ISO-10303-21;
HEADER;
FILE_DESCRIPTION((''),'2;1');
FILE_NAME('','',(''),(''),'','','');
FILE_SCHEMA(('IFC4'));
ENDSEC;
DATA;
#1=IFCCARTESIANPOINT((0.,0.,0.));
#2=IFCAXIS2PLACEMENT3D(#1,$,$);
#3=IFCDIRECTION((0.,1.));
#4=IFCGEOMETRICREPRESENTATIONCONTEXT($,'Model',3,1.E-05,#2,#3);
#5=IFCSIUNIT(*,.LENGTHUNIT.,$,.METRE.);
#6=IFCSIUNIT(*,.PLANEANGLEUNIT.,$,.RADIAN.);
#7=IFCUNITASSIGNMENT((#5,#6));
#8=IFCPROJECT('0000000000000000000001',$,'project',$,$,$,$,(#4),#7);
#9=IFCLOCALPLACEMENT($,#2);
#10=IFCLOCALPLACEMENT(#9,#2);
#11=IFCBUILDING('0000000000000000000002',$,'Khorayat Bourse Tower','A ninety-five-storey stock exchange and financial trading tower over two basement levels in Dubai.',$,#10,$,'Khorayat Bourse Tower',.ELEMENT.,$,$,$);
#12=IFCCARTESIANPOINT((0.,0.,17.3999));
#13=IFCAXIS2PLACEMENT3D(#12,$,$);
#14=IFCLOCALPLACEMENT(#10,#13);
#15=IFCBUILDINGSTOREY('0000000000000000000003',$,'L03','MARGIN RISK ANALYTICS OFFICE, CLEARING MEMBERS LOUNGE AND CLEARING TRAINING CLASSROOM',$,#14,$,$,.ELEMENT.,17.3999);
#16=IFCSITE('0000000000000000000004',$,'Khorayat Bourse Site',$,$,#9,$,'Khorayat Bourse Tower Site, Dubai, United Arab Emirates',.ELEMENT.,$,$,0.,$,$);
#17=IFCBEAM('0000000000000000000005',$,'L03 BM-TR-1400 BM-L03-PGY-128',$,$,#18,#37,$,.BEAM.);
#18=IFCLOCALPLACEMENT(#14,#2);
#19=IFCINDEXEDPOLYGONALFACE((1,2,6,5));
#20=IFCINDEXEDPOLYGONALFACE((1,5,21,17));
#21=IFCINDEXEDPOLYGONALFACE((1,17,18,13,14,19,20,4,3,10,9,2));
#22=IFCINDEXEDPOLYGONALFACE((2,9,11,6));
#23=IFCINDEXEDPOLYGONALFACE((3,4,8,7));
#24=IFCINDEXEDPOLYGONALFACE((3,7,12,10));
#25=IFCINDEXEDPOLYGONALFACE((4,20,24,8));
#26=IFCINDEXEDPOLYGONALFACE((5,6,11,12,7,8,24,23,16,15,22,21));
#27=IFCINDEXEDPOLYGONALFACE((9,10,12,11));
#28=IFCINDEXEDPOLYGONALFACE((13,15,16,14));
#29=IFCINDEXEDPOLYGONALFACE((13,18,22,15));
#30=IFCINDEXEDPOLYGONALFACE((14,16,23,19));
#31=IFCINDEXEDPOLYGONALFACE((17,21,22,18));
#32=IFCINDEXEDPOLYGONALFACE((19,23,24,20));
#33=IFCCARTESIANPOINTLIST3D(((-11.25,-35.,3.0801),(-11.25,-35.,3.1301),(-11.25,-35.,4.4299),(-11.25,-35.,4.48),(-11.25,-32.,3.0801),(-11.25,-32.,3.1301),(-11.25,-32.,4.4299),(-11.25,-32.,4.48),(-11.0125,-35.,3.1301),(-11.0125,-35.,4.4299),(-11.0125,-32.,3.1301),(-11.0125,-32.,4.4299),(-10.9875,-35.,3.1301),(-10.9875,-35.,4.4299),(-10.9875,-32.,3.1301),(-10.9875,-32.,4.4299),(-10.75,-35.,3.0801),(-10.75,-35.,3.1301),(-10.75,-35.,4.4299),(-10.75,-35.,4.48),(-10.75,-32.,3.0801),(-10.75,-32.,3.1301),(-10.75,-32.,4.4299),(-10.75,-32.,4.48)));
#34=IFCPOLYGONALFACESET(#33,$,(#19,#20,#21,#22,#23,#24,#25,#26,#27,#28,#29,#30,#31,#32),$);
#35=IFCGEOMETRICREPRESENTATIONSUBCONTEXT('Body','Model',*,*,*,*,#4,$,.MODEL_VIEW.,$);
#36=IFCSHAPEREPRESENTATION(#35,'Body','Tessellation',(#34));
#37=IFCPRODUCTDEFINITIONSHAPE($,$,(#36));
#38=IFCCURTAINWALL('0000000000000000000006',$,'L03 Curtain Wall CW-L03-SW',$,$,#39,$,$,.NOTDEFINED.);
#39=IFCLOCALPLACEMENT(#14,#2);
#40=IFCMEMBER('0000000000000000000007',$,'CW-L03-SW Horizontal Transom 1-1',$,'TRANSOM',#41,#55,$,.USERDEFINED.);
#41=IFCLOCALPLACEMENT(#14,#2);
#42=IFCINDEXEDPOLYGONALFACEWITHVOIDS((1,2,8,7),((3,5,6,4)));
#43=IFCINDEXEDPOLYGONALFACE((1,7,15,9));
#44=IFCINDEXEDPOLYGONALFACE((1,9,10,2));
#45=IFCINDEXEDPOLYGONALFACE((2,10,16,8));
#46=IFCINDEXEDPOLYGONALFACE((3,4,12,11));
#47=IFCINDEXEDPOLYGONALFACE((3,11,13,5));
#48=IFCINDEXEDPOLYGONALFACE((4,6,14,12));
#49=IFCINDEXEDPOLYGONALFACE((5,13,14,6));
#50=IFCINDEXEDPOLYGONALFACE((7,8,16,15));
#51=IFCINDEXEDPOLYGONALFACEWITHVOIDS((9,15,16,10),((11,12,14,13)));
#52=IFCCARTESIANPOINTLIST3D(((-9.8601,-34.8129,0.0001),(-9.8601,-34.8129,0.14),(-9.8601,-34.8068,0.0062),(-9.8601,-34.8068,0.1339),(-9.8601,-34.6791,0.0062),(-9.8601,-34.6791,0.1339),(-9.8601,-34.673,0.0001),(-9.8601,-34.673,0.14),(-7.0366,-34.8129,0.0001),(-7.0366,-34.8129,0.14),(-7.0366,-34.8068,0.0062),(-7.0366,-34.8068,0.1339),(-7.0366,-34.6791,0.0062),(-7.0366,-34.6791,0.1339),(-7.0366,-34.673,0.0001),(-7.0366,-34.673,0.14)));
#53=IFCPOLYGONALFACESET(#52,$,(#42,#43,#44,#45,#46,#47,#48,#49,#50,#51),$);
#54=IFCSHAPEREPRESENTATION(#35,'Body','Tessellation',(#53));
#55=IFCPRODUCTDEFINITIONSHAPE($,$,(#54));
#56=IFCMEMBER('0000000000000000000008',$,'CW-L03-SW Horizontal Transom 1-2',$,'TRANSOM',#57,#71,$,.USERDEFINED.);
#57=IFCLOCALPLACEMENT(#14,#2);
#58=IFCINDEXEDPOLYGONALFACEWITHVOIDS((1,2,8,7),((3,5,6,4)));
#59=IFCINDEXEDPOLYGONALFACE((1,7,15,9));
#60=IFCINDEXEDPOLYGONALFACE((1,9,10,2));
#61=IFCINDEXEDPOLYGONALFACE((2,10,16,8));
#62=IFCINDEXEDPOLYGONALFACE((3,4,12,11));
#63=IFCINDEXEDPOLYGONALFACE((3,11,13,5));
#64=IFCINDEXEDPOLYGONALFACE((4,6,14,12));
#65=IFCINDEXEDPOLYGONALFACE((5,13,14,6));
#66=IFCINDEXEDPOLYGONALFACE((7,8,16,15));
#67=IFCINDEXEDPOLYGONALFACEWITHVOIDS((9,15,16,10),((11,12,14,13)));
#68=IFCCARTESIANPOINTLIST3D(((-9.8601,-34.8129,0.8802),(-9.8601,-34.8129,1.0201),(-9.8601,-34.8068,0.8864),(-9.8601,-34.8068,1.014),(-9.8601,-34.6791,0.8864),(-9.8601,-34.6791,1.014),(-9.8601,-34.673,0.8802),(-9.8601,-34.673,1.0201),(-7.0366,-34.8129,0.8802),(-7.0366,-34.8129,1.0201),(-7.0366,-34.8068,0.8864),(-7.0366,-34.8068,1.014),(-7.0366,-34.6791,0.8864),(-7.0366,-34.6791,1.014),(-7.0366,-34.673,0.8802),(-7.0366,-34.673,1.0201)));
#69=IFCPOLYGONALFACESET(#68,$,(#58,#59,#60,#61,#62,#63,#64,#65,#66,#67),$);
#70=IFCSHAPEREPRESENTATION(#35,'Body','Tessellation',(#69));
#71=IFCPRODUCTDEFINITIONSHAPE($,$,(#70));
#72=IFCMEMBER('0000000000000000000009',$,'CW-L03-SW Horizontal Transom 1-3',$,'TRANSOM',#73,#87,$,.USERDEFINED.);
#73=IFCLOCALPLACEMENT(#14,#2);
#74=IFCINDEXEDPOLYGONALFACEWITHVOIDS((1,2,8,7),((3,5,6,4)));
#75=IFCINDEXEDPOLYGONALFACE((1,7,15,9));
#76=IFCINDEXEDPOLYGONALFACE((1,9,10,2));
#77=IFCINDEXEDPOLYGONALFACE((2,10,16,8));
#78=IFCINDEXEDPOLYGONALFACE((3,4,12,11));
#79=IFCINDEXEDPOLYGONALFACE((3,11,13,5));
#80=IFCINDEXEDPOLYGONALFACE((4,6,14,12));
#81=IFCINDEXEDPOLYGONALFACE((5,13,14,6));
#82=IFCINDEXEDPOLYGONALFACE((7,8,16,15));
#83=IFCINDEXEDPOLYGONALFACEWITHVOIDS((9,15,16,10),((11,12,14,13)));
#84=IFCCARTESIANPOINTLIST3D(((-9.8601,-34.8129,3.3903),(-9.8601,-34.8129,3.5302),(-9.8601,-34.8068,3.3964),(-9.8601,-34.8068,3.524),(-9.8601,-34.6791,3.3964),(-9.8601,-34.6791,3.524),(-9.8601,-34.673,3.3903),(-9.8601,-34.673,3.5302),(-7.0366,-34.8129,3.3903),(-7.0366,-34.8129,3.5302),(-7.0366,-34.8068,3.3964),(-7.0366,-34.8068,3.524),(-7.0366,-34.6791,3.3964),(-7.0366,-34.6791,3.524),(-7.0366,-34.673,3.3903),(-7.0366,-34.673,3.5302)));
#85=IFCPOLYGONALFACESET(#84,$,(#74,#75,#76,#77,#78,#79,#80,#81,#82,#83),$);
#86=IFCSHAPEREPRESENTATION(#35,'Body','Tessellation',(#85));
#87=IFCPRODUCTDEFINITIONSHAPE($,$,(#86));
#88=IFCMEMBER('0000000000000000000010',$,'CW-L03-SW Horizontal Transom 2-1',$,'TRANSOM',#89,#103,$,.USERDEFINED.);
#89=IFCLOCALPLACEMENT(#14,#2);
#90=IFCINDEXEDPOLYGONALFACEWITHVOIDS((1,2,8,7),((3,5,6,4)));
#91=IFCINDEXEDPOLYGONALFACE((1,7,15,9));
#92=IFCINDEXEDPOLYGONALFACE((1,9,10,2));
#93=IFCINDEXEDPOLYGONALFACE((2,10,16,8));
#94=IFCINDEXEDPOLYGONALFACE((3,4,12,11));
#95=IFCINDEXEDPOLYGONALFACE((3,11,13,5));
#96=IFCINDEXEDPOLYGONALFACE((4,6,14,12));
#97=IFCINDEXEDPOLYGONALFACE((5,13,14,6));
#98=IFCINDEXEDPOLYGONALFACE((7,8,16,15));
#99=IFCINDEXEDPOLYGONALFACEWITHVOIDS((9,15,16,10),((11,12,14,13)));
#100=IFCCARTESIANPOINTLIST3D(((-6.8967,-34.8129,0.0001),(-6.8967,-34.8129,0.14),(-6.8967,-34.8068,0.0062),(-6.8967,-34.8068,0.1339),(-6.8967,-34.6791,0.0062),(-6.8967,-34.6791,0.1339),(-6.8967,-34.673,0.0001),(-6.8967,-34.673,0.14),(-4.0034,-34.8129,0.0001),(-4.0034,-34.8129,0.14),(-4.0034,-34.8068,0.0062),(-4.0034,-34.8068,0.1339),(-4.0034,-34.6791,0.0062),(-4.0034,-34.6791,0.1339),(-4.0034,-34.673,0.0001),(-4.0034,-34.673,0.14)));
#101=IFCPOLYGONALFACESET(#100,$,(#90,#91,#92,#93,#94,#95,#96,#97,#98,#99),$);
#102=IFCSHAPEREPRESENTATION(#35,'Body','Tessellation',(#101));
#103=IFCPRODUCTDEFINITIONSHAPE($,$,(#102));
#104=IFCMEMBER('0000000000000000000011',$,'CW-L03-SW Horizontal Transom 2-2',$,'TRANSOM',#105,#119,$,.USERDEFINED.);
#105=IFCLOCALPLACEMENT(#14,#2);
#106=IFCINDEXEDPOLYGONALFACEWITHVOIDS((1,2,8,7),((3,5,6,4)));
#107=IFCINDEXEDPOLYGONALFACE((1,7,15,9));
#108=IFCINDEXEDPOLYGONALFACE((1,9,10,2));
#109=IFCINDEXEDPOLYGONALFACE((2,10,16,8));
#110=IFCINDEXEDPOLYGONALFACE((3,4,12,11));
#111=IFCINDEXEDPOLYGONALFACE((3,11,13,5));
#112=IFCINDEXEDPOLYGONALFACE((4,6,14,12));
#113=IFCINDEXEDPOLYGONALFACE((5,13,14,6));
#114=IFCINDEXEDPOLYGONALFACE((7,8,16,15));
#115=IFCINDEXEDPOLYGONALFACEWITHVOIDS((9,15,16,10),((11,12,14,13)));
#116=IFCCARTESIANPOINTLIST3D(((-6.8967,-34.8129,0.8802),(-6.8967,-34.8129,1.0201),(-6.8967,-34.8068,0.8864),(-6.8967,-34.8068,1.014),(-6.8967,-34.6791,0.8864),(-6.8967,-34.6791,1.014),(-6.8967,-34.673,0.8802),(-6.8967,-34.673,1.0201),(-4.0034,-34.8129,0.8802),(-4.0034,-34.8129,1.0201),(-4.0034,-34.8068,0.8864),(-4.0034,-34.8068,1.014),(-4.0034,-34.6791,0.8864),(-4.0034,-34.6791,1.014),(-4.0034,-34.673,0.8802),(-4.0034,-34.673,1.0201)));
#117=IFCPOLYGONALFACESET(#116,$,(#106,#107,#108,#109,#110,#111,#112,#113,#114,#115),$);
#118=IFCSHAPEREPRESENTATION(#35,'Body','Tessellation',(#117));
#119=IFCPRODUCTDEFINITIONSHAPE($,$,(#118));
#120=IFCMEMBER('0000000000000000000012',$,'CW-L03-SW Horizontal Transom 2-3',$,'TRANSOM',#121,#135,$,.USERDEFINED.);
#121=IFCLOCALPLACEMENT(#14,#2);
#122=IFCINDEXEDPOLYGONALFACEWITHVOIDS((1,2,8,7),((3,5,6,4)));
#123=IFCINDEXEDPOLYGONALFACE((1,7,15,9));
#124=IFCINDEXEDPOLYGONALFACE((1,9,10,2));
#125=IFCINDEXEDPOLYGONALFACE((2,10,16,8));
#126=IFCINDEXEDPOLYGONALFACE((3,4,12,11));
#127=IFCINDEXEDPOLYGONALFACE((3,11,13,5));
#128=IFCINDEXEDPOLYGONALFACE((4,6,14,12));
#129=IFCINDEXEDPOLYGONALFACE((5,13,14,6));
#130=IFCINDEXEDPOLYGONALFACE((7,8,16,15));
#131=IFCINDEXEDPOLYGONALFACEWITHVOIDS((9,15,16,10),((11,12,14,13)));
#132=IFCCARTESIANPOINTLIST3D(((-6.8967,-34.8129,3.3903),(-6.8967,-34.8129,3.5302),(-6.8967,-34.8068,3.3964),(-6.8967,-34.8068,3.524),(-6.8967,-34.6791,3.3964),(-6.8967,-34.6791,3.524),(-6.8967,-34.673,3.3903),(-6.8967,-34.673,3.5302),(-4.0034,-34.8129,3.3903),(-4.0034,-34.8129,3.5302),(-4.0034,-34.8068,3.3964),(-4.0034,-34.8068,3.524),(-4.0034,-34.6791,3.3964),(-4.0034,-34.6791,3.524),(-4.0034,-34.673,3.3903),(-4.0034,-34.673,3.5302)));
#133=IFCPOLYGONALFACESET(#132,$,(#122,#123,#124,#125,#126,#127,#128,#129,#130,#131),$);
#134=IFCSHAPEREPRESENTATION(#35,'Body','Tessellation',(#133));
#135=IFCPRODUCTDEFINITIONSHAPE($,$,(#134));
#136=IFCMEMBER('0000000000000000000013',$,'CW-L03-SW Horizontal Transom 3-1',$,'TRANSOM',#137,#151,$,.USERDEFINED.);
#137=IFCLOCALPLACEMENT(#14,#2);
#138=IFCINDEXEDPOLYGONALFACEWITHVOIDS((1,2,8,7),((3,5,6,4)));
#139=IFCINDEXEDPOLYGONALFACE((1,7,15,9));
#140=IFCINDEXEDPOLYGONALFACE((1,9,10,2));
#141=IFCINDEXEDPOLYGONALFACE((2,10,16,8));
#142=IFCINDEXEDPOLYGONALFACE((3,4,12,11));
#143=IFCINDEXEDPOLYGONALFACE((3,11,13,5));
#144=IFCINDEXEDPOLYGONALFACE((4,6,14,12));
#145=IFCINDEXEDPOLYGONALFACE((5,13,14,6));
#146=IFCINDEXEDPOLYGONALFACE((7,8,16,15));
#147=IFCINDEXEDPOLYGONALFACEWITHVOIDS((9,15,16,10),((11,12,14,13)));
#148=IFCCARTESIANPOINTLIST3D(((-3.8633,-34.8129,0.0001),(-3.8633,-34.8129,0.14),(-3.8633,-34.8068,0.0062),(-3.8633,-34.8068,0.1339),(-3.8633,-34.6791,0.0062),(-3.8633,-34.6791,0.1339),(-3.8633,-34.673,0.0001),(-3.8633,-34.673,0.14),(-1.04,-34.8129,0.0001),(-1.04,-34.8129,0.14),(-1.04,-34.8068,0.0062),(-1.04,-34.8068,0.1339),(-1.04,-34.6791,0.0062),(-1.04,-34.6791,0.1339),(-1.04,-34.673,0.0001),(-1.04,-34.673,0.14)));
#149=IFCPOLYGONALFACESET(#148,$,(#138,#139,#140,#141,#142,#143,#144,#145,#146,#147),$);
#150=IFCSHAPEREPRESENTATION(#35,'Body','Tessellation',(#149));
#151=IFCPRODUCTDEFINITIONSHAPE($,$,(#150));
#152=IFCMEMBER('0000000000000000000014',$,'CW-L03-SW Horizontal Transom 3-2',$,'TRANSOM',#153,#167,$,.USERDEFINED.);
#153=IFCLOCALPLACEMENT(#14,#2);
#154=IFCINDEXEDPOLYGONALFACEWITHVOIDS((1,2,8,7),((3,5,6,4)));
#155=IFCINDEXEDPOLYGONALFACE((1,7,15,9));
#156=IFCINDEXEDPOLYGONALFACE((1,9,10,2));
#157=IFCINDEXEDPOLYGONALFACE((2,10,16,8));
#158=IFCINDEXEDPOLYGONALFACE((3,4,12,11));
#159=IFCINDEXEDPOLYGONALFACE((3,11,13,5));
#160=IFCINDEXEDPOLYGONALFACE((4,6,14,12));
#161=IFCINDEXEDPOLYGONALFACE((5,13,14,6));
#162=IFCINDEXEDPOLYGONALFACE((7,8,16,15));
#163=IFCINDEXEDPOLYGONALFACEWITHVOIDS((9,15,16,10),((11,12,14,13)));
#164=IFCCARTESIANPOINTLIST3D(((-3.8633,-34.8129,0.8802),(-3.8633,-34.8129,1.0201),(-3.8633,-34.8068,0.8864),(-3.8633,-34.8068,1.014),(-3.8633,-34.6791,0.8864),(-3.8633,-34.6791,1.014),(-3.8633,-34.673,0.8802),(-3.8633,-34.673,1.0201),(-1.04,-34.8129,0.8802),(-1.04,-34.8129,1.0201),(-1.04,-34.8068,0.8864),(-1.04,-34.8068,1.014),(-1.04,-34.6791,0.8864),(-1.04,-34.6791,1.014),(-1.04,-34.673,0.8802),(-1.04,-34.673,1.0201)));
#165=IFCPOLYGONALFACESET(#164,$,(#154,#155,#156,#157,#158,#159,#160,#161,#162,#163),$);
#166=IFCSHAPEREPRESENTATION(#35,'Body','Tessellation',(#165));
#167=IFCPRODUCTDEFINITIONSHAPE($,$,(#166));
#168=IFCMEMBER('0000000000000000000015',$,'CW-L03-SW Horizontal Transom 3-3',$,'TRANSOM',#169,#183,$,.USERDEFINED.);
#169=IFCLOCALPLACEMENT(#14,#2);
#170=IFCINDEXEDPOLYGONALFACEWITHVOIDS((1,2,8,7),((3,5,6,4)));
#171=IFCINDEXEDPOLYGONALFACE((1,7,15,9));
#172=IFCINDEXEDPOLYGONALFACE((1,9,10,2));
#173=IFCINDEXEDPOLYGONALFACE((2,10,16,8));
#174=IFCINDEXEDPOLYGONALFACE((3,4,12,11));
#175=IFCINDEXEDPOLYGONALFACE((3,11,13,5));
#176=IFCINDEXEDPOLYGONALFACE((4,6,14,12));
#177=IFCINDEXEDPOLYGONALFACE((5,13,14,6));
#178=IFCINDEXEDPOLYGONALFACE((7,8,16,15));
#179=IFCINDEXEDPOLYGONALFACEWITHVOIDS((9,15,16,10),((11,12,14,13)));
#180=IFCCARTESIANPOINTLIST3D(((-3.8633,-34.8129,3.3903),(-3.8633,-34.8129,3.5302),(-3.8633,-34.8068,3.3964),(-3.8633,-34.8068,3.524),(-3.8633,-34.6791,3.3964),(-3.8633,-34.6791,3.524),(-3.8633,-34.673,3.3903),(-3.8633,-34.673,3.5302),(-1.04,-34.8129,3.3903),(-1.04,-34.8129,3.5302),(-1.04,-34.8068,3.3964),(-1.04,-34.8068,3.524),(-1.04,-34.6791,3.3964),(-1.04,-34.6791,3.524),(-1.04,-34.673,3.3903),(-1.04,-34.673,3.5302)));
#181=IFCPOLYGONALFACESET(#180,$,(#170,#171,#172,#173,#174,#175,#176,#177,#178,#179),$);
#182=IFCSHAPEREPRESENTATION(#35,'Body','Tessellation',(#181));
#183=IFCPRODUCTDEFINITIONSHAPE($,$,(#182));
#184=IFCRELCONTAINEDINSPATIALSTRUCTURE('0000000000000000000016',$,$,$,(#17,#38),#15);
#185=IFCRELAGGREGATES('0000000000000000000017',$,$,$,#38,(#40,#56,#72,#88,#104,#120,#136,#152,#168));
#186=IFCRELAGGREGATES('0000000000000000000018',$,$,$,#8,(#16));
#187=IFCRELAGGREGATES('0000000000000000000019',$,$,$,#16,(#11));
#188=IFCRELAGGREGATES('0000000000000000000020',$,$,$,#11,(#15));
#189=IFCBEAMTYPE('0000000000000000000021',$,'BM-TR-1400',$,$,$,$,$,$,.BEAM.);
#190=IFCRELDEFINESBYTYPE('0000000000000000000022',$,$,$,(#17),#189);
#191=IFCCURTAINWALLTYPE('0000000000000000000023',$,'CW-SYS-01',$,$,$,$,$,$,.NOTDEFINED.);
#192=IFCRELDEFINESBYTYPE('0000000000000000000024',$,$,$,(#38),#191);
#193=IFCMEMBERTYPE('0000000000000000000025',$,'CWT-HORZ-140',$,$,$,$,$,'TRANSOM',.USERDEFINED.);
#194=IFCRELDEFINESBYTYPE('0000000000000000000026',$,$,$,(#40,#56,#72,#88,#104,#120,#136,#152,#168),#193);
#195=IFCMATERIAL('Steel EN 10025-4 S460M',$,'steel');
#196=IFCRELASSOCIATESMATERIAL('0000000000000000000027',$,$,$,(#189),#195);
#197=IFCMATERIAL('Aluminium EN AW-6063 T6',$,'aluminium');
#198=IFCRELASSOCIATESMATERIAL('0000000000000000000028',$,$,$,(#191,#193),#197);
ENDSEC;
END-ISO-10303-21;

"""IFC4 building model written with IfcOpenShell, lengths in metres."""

from ifc_helpers import new_model, si_unit, direction, frame, origin, origin_2d, place, context, subcontext, project, spatial, hollow_rectangle, i_section, extrude, source, transform, mapped, material, material_profile, profile_set, type_object, element, aggregate, save


model = new_model("IFC4")

# Units and contexts
model_context = context("Model", 3, precision=1e-05, world=origin(), true_north=direction((0.0, 1.0)))
body_context = subcontext(model_context, "Body", "Model", "MODEL_VIEW")
ifc_project = project(units=[si_unit("LENGTHUNIT", "METRE"), si_unit("PLANEANGLEUNIT", "RADIAN")], contexts=[model_context])

# Site, building, storey
site_placement = place(None, origin())
site = spatial("IfcSite", under=ifc_project, at=site_placement, Name="Khorayat Bourse Site", LongName="Khorayat Bourse Tower Site, Dubai, United Arab Emirates", CompositionType="ELEMENT", RefElevation=0.0)
building_placement = place(site_placement, origin())
building = spatial("IfcBuilding", under=site, at=building_placement, Name="Khorayat Bourse Tower", Description="A ninety-five-storey stock exchange and financial trading tower over two basement levels in Dubai.", LongName="Khorayat Bourse Tower", CompositionType="ELEMENT")
storey_placement = place(building_placement, frame((0.0, 0.0, 17.3999)))
storey = spatial("IfcBuildingStorey", under=building, at=storey_placement, Name="L03", Description="MARGIN RISK ANALYTICS OFFICE, CLEARING MEMBERS LOUNGE AND CLEARING TRAINING CLASSROOM", CompositionType="ELEMENT", Elevation=17.3999)

# Beam
ifc_material_1 = material(Name="Steel EN 10025-4 S460M", Category="steel")
ifc_material_profile_1 = material_profile(ifc_material_1, i_section(OverallWidth=0.5, OverallDepth=1.3999, WebThickness=0.0249, FlangeThickness=0.05, at=origin_2d()), Name="PG 1400x500x25x50")
ifc_profile_set_1 = profile_set([ifc_material_profile_1], Name="Steel EN 10025-4 S460M")
beam_type_1 = type_object("IfcBeamType", Name="BM-TR-1400", PredefinedType="BEAM", material=ifc_profile_set_1)
shared_shape_1 = source(origin(), body_context, "Body", "SweptSolid", [
    extrude(i_section(OverallWidth=0.5, OverallDepth=1.3999, WebThickness=0.0249, FlangeThickness=0.05, at=origin_2d()), origin(), (0.0, 0.0, 1.0), 3.0),
])
beam_1_placement = place(storey_placement, frame((-11.0, -35.0, 3.78), z_axis=(0.0, 1.0, 0.0), x_axis=(-1.0, 0.0, 0.0)))
element("IfcBeam", 1, at=beam_1_placement, inside=storey, type_object=beam_type_1, Name="L03 BM-TR-1400 BM-L03-PGY-128", PredefinedType="BEAM", context=body_context, shape_type="MappedRepresentation", body=[
    mapped(shared_shape_1, transform((0.0, 0.0, 0.0), scale=1.0)),
])

# Curtain wall, members
ifc_material_2 = material(Name="Aluminium EN AW-6063 T6", Category="aluminium")
curtain_wall_type = type_object("IfcCurtainWallType", Name="CW-SYS-01", PredefinedType="NOTDEFINED", material=ifc_material_2)
curtain_wall_placement = place(storey_placement, origin())
curtain_wall = element("IfcCurtainWall", 2, at=curtain_wall_placement, inside=storey, type_object=curtain_wall_type, Name="L03 Curtain Wall CW-L03-SW", PredefinedType="NOTDEFINED")
ifc_material_profile_2 = material_profile(ifc_material_2, hollow_rectangle(XDim=0.1399, YDim=0.1399, WallThickness=0.0061, at=origin_2d()), Name="ALU 140x140x6")
ifc_profile_set_2 = profile_set([ifc_material_profile_2], Name="Aluminium EN AW-6063 T6")
member_type_1 = type_object("IfcMemberType", Name="CWT-HORZ-140", ElementType="TRANSOM", PredefinedType="USERDEFINED", material=ifc_profile_set_2)
shared_shape_2 = source(origin(), body_context, "Body", "SweptSolid", [
    extrude(hollow_rectangle(XDim=0.1399, YDim=0.1399, WallThickness=0.0061, at=origin_2d()), origin(), (0.0, 0.0, 1.0), 2.8235),
])
member_1_placement = place(storey_placement, frame((-9.8601, -34.7429, 0.0701), z_axis=(1.0, 0.0, 0.0), x_axis=(0.0, 1.0, 0.0)))
member_1 = element("IfcMember", 3, at=member_1_placement, type_object=member_type_1, Name="CW-L03-SW Horizontal Transom 1-1", ObjectType="TRANSOM", PredefinedType="USERDEFINED", context=body_context, shape_type="MappedRepresentation", body=[
    mapped(shared_shape_2, transform((0.0, 0.0, 0.0), scale=1.0)),
])
member_2_placement = place(storey_placement, frame((-9.8601, -34.7429, 0.9502), z_axis=(1.0, 0.0, 0.0), x_axis=(0.0, 1.0, 0.0)))
member_2 = element("IfcMember", 4, at=member_2_placement, type_object=member_type_1, Name="CW-L03-SW Horizontal Transom 1-2", ObjectType="TRANSOM", PredefinedType="USERDEFINED", context=body_context, shape_type="MappedRepresentation", body=[
    mapped(shared_shape_2, transform((0.0, 0.0, 0.0), scale=1.0)),
])
member_3_placement = place(storey_placement, frame((-9.8601, -34.7429, 3.4602), z_axis=(1.0, 0.0, 0.0), x_axis=(0.0, 1.0, 0.0)))
member_3 = element("IfcMember", 5, at=member_3_placement, type_object=member_type_1, Name="CW-L03-SW Horizontal Transom 1-3", ObjectType="TRANSOM", PredefinedType="USERDEFINED", context=body_context, shape_type="MappedRepresentation", body=[
    mapped(shared_shape_2, transform((0.0, 0.0, 0.0), scale=1.0)),
])
shared_shape_3 = source(origin(), body_context, "Body", "SweptSolid", [
    extrude(hollow_rectangle(XDim=0.1399, YDim=0.1399, WallThickness=0.0061, at=origin_2d()), origin(), (0.0, 0.0, 1.0), 2.8933),
])
member_4_placement = place(storey_placement, frame((-6.8967, -34.7429, 0.0701), z_axis=(1.0, 0.0, 0.0), x_axis=(0.0, 1.0, 0.0)))
member_4 = element("IfcMember", 6, at=member_4_placement, type_object=member_type_1, Name="CW-L03-SW Horizontal Transom 2-1", ObjectType="TRANSOM", PredefinedType="USERDEFINED", context=body_context, shape_type="MappedRepresentation", body=[
    mapped(shared_shape_3, transform((0.0, 0.0, 0.0), scale=1.0)),
])
member_5_placement = place(storey_placement, frame((-6.8967, -34.7429, 0.9502), z_axis=(1.0, 0.0, 0.0), x_axis=(0.0, 1.0, 0.0)))
member_5 = element("IfcMember", 7, at=member_5_placement, type_object=member_type_1, Name="CW-L03-SW Horizontal Transom 2-2", ObjectType="TRANSOM", PredefinedType="USERDEFINED", context=body_context, shape_type="MappedRepresentation", body=[
    mapped(shared_shape_3, transform((0.0, 0.0, 0.0), scale=1.0)),
])
member_6_placement = place(storey_placement, frame((-6.8967, -34.7429, 3.4602), z_axis=(1.0, 0.0, 0.0), x_axis=(0.0, 1.0, 0.0)))
member_6 = element("IfcMember", 8, at=member_6_placement, type_object=member_type_1, Name="CW-L03-SW Horizontal Transom 2-3", ObjectType="TRANSOM", PredefinedType="USERDEFINED", context=body_context, shape_type="MappedRepresentation", body=[
    mapped(shared_shape_3, transform((0.0, 0.0, 0.0), scale=1.0)),
])
shared_shape_4 = source(origin(), body_context, "Body", "SweptSolid", [
    extrude(hollow_rectangle(XDim=0.1399, YDim=0.1399, WallThickness=0.0061, at=origin_2d()), origin(), (0.0, 0.0, 1.0), 2.8232),
])
member_7_placement = place(storey_placement, frame((-3.8633, -34.7429, 0.0701), z_axis=(1.0, 0.0, 0.0), x_axis=(0.0, 1.0, 0.0)))
member_7 = element("IfcMember", 9, at=member_7_placement, type_object=member_type_1, Name="CW-L03-SW Horizontal Transom 3-1", ObjectType="TRANSOM", PredefinedType="USERDEFINED", context=body_context, shape_type="MappedRepresentation", body=[
    mapped(shared_shape_4, transform((0.0, 0.0, 0.0), scale=1.0)),
])
member_8_placement = place(storey_placement, frame((-3.8633, -34.7429, 0.9502), z_axis=(1.0, 0.0, 0.0), x_axis=(0.0, 1.0, 0.0)))
member_8 = element("IfcMember", 10, at=member_8_placement, type_object=member_type_1, Name="CW-L03-SW Horizontal Transom 3-2", ObjectType="TRANSOM", PredefinedType="USERDEFINED", context=body_context, shape_type="MappedRepresentation", body=[
    mapped(shared_shape_4, transform((0.0, 0.0, 0.0), scale=1.0)),
])
member_9_placement = place(storey_placement, frame((-3.8633, -34.7429, 3.4602), z_axis=(1.0, 0.0, 0.0), x_axis=(0.0, 1.0, 0.0)))
member_9 = element("IfcMember", 11, at=member_9_placement, type_object=member_type_1, Name="CW-L03-SW Horizontal Transom 3-3", ObjectType="TRANSOM", PredefinedType="USERDEFINED", context=body_context, shape_type="MappedRepresentation", body=[
    mapped(shared_shape_4, transform((0.0, 0.0, 0.0), scale=1.0)),
])

aggregate(curtain_wall, [member_1, member_2, member_3, member_4, member_5, member_6, member_7, member_8, member_9])

save(model, "model.ifc")
